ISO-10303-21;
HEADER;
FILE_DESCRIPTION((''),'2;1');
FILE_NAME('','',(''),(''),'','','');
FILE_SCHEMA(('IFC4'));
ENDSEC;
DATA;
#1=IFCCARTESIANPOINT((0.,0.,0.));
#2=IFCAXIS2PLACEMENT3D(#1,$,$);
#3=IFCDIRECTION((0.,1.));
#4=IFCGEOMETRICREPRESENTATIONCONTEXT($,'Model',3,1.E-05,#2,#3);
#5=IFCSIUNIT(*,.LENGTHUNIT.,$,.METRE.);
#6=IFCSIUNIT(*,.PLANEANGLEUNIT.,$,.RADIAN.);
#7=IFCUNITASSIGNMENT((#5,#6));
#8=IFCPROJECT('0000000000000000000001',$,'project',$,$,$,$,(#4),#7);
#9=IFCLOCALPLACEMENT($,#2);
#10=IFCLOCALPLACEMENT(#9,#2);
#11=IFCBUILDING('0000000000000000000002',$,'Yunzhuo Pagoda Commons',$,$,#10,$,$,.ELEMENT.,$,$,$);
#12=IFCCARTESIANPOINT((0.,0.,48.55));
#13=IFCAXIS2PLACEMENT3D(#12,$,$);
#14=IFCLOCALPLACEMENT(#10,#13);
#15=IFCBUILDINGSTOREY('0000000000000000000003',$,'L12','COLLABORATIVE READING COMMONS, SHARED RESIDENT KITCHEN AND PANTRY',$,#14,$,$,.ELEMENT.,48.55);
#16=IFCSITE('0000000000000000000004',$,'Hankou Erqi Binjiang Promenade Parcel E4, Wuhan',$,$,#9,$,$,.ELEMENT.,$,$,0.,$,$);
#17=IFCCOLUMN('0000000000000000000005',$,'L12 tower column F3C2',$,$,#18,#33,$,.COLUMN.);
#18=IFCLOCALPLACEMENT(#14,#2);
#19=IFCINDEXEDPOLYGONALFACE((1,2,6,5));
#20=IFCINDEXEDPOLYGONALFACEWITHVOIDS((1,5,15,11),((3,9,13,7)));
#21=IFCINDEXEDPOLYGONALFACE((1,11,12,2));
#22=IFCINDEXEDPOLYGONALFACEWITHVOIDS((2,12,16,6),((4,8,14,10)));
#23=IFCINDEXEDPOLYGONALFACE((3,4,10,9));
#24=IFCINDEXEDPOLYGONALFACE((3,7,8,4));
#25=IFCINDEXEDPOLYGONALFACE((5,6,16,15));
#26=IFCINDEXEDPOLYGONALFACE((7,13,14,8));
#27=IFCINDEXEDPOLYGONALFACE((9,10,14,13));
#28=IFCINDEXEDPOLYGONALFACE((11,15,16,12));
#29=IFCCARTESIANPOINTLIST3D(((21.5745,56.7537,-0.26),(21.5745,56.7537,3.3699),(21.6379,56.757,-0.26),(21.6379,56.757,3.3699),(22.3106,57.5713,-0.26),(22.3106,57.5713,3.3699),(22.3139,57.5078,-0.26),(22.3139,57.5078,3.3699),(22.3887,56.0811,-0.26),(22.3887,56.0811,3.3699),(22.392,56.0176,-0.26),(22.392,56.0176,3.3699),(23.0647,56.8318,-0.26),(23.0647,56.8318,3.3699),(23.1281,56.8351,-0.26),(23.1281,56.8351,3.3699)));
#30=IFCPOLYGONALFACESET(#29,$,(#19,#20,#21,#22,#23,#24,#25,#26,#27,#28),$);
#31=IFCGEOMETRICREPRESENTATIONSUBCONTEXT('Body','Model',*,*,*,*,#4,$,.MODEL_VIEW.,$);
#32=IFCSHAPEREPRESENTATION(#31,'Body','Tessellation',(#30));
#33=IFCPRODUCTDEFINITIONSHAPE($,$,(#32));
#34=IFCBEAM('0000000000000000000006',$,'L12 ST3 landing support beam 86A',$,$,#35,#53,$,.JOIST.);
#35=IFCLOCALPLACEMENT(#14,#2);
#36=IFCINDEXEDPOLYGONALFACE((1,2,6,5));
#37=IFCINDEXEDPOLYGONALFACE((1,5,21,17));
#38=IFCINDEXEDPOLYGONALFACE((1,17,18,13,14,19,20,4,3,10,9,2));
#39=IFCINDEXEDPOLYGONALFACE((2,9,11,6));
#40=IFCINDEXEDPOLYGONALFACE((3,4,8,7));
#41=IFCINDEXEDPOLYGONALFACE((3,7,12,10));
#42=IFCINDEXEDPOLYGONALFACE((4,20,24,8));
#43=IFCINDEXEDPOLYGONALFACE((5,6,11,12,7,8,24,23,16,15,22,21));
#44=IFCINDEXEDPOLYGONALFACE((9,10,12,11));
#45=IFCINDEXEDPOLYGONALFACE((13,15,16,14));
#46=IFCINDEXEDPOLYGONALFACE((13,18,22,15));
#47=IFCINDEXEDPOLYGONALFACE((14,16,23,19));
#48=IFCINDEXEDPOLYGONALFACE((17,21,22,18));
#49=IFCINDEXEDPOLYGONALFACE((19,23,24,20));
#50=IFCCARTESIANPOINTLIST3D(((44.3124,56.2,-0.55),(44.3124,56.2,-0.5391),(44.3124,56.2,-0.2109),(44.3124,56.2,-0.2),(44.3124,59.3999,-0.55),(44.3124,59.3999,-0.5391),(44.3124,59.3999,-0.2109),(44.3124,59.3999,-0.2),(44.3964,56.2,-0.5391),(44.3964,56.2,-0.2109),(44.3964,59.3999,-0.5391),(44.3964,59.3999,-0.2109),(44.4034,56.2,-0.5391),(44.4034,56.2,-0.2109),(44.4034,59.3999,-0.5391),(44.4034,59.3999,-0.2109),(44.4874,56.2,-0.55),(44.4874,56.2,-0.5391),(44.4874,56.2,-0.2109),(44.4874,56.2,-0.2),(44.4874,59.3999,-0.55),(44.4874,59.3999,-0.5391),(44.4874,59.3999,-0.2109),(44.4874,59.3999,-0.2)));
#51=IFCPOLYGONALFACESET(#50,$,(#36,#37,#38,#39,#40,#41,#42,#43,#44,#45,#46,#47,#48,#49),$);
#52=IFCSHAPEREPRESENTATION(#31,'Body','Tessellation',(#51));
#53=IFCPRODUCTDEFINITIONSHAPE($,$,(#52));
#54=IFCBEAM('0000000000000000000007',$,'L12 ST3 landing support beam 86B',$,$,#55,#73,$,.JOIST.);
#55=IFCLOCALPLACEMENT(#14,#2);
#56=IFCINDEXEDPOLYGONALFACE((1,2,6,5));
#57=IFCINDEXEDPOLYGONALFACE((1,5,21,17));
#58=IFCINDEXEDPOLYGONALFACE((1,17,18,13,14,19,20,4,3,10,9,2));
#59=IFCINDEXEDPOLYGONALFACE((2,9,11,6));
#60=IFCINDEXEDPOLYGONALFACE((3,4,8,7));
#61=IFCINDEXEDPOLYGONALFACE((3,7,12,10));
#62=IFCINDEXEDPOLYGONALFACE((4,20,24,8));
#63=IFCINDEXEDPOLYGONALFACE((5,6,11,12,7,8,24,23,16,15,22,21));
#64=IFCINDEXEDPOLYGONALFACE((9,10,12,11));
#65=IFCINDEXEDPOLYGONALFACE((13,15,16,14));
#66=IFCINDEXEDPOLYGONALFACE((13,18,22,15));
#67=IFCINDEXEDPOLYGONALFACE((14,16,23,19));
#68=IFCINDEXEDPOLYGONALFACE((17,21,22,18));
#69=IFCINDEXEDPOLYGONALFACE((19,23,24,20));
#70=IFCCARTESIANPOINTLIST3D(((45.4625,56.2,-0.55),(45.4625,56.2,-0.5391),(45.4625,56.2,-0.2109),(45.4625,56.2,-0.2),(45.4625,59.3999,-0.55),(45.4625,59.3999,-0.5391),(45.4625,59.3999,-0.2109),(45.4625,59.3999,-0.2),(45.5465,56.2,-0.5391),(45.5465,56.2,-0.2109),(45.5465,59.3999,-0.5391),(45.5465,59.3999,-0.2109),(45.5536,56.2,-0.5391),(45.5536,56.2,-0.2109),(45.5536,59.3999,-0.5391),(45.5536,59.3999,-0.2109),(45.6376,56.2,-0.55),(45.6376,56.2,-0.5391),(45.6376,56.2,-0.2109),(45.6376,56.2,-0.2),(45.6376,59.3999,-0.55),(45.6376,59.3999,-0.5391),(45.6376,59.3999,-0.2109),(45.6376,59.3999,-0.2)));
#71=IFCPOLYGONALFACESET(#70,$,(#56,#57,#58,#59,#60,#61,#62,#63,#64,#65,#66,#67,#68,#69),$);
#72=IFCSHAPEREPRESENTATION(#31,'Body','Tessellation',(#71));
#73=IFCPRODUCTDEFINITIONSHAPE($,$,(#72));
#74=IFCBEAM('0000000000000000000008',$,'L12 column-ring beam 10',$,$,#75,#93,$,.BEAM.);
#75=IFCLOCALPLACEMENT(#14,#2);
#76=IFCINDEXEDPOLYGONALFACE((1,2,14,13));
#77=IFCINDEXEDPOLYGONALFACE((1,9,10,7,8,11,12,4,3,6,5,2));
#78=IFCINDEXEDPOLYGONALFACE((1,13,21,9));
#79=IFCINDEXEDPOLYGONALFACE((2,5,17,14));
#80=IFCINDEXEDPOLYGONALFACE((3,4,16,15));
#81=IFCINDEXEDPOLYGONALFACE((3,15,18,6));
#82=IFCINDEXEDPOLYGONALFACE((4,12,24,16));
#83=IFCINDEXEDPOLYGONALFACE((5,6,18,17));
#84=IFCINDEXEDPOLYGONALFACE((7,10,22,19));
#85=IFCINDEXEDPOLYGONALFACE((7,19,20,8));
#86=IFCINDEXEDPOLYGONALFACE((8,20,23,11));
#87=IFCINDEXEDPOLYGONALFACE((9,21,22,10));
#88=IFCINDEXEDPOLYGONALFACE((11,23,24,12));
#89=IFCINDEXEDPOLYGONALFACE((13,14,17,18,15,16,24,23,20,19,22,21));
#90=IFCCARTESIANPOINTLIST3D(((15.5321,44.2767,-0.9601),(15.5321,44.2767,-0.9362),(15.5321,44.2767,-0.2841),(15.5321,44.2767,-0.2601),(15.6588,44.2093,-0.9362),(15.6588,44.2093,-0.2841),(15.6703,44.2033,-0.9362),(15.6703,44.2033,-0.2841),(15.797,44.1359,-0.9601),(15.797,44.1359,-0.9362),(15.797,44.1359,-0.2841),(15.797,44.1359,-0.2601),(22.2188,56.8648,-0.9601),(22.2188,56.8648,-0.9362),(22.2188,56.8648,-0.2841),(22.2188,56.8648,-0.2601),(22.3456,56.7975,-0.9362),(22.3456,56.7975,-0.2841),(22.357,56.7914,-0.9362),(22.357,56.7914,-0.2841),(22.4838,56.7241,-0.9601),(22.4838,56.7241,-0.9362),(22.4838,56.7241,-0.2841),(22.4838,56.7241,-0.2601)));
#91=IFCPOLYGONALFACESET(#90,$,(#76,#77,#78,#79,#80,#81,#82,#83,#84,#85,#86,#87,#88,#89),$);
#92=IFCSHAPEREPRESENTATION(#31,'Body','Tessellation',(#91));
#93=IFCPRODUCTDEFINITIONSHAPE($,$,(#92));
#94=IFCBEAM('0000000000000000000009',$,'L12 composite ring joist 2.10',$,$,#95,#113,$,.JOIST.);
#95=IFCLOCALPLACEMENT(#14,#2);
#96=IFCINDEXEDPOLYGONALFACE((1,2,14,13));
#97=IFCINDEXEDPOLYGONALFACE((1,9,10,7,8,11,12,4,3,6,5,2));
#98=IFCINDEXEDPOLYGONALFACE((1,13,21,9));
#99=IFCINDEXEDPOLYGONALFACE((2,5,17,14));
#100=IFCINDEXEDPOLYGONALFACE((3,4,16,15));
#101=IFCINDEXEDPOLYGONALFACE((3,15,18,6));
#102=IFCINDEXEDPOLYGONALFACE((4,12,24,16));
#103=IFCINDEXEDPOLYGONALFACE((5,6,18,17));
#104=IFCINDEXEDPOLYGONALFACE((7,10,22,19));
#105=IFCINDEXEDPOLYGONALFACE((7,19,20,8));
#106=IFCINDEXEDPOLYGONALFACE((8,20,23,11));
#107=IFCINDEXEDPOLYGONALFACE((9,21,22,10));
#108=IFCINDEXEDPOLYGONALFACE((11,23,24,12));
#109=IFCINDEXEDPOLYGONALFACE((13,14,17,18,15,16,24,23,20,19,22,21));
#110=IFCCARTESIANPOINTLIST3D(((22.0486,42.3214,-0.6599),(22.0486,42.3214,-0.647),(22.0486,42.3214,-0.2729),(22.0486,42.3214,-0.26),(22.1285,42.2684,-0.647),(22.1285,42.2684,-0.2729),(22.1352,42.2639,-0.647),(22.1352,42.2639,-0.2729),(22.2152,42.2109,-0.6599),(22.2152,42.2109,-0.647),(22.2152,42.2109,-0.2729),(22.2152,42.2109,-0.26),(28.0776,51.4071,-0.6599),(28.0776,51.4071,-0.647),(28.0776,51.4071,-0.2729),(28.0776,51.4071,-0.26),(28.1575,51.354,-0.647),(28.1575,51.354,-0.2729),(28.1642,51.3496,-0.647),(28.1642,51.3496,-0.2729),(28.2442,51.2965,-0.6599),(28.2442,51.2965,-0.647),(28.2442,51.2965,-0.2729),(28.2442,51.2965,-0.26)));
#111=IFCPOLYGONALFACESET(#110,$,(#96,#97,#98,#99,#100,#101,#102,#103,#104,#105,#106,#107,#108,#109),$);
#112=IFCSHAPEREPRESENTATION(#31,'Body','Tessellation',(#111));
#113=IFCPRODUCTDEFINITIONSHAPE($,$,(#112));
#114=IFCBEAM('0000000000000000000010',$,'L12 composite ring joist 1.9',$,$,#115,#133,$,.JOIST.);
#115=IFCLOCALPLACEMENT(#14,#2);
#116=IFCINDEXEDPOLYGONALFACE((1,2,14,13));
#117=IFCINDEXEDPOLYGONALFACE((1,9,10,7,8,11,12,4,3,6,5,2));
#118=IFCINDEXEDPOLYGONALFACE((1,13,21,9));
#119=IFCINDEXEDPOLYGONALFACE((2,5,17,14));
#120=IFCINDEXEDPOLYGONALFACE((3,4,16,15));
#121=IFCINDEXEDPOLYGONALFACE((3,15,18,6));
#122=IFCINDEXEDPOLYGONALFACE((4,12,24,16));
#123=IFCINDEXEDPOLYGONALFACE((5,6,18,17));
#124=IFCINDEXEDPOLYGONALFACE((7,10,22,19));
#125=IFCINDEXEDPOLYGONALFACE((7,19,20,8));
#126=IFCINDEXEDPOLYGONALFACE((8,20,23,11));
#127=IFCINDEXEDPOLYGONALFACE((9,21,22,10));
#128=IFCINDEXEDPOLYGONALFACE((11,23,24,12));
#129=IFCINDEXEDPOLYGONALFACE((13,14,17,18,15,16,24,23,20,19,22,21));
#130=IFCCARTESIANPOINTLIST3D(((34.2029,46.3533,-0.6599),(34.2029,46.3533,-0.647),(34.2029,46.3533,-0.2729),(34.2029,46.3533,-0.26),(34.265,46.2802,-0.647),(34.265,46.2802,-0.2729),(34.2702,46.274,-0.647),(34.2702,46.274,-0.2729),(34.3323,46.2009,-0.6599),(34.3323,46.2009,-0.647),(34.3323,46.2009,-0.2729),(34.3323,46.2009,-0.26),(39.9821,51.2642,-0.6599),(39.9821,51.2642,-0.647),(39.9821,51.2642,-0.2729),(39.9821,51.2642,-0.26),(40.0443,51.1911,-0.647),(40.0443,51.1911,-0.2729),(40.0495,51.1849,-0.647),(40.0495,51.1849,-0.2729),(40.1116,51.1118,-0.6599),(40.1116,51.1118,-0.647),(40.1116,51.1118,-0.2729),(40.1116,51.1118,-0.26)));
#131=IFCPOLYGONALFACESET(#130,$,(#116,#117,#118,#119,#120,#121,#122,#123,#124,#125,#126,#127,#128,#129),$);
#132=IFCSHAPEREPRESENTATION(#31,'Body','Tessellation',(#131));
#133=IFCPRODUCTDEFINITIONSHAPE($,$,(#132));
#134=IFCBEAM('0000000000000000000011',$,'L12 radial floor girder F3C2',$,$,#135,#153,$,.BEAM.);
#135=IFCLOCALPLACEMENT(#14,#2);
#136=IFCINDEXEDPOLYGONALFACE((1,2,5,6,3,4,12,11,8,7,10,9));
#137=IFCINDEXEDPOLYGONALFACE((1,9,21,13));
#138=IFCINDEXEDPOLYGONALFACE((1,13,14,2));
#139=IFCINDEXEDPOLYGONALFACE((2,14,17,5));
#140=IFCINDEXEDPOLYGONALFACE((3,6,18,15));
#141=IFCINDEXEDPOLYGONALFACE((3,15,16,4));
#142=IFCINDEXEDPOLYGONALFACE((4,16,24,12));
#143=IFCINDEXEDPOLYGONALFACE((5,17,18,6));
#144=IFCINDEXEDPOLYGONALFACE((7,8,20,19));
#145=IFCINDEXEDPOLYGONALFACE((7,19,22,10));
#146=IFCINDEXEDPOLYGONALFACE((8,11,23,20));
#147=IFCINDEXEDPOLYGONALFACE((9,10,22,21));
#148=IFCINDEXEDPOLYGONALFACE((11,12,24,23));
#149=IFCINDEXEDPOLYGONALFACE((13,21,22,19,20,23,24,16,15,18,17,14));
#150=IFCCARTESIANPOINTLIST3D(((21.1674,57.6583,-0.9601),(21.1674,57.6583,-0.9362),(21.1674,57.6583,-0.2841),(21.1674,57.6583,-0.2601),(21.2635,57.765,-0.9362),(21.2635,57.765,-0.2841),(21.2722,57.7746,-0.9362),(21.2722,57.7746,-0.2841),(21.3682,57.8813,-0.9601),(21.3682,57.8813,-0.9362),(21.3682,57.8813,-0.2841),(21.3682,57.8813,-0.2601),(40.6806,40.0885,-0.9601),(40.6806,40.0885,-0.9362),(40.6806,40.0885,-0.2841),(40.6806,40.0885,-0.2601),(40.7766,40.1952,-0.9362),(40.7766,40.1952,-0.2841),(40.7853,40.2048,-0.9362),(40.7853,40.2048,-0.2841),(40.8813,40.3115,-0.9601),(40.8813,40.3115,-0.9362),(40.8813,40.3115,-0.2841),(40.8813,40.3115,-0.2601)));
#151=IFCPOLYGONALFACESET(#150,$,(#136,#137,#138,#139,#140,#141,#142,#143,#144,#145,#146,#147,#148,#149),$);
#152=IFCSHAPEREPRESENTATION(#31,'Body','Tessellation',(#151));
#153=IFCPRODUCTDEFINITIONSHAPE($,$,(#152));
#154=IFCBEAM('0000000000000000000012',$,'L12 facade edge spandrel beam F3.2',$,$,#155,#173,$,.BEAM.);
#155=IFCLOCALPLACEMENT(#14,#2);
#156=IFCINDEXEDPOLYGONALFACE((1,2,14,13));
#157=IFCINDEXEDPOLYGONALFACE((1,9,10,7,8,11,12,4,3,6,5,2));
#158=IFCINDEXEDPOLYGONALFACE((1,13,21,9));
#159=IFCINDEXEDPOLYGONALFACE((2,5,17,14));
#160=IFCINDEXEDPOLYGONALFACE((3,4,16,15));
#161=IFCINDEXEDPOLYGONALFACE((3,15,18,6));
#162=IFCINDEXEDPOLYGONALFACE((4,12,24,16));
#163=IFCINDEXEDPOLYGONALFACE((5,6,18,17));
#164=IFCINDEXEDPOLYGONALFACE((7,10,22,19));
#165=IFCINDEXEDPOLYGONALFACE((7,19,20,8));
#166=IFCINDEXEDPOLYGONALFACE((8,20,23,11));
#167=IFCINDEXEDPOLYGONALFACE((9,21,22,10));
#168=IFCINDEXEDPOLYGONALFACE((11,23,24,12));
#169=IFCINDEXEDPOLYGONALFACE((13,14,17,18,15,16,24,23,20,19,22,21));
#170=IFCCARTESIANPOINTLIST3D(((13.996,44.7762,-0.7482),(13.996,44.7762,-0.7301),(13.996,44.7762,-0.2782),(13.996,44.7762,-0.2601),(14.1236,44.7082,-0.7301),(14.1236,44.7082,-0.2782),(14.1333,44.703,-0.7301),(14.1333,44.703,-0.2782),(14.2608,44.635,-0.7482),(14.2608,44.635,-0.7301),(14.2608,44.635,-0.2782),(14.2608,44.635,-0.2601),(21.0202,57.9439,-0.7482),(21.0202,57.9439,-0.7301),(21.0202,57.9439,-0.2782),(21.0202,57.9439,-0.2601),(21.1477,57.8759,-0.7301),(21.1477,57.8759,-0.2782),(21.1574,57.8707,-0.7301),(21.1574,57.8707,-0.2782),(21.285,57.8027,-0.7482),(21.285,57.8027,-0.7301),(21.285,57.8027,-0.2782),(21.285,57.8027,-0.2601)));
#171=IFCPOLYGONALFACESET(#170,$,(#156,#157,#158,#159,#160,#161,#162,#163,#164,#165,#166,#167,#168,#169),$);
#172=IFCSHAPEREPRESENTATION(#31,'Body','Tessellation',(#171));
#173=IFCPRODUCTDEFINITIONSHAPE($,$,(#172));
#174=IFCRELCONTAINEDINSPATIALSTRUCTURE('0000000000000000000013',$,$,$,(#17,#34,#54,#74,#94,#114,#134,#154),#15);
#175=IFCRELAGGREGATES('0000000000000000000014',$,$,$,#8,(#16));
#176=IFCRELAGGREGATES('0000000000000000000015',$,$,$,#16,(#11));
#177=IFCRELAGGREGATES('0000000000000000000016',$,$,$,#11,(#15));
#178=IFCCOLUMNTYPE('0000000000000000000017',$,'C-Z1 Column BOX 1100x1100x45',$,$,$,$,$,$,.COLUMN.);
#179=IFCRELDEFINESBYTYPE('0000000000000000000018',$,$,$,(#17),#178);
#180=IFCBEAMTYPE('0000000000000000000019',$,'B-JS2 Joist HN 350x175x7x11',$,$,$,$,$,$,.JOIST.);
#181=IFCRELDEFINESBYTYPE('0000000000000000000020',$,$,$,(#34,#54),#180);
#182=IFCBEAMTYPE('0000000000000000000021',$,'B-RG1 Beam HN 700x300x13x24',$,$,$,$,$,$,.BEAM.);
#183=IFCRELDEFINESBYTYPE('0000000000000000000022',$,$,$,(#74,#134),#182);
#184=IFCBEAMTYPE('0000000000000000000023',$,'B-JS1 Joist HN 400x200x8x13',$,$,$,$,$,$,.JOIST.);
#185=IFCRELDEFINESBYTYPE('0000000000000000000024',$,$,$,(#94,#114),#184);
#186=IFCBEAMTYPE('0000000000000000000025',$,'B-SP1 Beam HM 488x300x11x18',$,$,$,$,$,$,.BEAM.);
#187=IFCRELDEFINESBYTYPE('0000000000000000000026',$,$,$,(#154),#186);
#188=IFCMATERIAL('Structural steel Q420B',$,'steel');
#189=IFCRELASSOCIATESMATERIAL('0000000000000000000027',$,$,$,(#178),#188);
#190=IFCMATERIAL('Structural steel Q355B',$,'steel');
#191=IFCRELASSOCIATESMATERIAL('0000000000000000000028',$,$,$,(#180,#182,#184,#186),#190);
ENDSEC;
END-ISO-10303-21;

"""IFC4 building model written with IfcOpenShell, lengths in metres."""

from ifc_helpers import new_model, si_unit, direction, frame, origin, origin_2d, place, context, subcontext, project, spatial, hollow_rectangle, i_section, extrude, source, transform, mapped, material, material_profile, profile_set, type_object, element, save


model = new_model("IFC4")

# Units and contexts
model_context = context("Model", 3, precision=1e-05, world=origin(), true_north=direction((0.0, 1.0)))
body_context = subcontext(model_context, "Body", "Model", "MODEL_VIEW")
ifc_project = project(units=[si_unit("LENGTHUNIT", "METRE"), si_unit("PLANEANGLEUNIT", "RADIAN")], contexts=[model_context])

# Site, building, storey
site_placement = place(None, origin())
site = spatial("IfcSite", under=ifc_project, at=site_placement, Name="Hankou Erqi Binjiang Promenade Parcel E4, Wuhan", CompositionType="ELEMENT", RefElevation=0.0)
building_placement = place(site_placement, origin())
building = spatial("IfcBuilding", under=site, at=building_placement, Name="Yunzhuo Pagoda Commons", CompositionType="ELEMENT")
storey_placement = place(building_placement, frame((0.0, 0.0, 48.55)))
storey = spatial("IfcBuildingStorey", under=building, at=storey_placement, Name="L12", Description="COLLABORATIVE READING COMMONS, SHARED RESIDENT KITCHEN AND PANTRY", CompositionType="ELEMENT", Elevation=48.55)

# Column
ifc_material_1 = material(Name="Structural steel Q420B", Category="steel")
ifc_material_profile_1 = material_profile(ifc_material_1, hollow_rectangle(XDim=1.1001, YDim=1.1001, WallThickness=0.0449, at=origin_2d()), Name="Structural steel Q420B")
ifc_profile_set_1 = profile_set([ifc_material_profile_1], Name="Structural steel Q420B")
column_type = type_object("IfcColumnType", Name="C-Z1 Column BOX 1100x1100x45", PredefinedType="COLUMN", material=ifc_profile_set_1)
shared_shape_1 = source(origin(), body_context, "Body", "SweptSolid", [
    extrude(hollow_rectangle(XDim=1.1001, YDim=1.1001, WallThickness=0.0449, at=origin_2d()), origin(), (0.0, 0.0, 1.0), 3.6299),
])
column_placement = place(storey_placement, frame((22.3513, 56.7944, -0.26), z_axis=(0.0, 0.0, 1.0), x_axis=(-0.669131, -0.743145, 0.0)))
element("IfcColumn", 1, at=column_placement, inside=storey, type_object=column_type, Name="L12 tower column F3C2", PredefinedType="COLUMN", context=body_context, shape_type="MappedRepresentation", body=[
    mapped(shared_shape_1, transform((0.0, 0.0, 0.0), scale=1.0)),
])

# Beams
ifc_material_2 = material(Name="Structural steel Q355B", Category="steel")
ifc_material_profile_2 = material_profile(ifc_material_2, i_section(OverallWidth=0.175, OverallDepth=0.3501, WebThickness=0.0071, FlangeThickness=0.011, at=origin_2d()), Name="Structural steel Q355B")
ifc_profile_set_2 = profile_set([ifc_material_profile_2], Name="Structural steel Q355B")
beam_type_1 = type_object("IfcBeamType", Name="B-JS2 Joist HN 350x175x7x11", PredefinedType="JOIST", material=ifc_profile_set_2)
shared_shape_2 = source(origin(), body_context, "Body", "SweptSolid", [
    extrude(i_section(OverallWidth=0.175, OverallDepth=0.3501, WebThickness=0.0071, FlangeThickness=0.011, at=origin_2d()), origin(), (0.0, 0.0, 1.0), 3.2),
])
for number, where, z_axis, x_axis, name in (
    (2, (44.3999, 56.2, -0.375), (0.0, 1.0, 0.0), (-1.0, 0.0, 0.0), "L12 ST3 landing support beam 86A"),
    (3, (45.55, 56.2, -0.375), (0.0, 1.0, 0.0), (-1.0, 0.0, 0.0), "L12 ST3 landing support beam 86B"),
):
    element("IfcBeam", number, at=place(storey_placement, frame(where, z_axis=z_axis, x_axis=x_axis)), inside=storey, type_object=beam_type_1, Name=name, PredefinedType="JOIST", context=body_context, shape_type="MappedRepresentation", body=[
        mapped(shared_shape_2, transform((0.0, 0.0, 0.0), scale=1.0)),
    ])
ifc_material_profile_3 = material_profile(ifc_material_2, i_section(OverallWidth=0.3, OverallDepth=0.7, WebThickness=0.0129, FlangeThickness=0.0239, at=origin_2d()), Name="Structural steel Q355B")
ifc_profile_set_3 = profile_set([ifc_material_profile_3], Name="Structural steel Q355B")
beam_type_2 = type_object("IfcBeamType", Name="B-RG1 Beam HN 700x300x13x24", PredefinedType="BEAM", material=ifc_profile_set_3)
shared_shape_3 = source(origin(), body_context, "Body", "SweptSolid", [
    extrude(i_section(OverallWidth=0.3, OverallDepth=0.7, WebThickness=0.0129, FlangeThickness=0.0239, at=origin_2d()), origin(), (0.0, 0.0, 1.0), 14.2539),
])
beam_1_placement = place(storey_placement, frame((22.3513, 56.7944, -0.6101), z_axis=(-0.469118, -0.883135, 0.0), x_axis=(0.883135, -0.469118, 0.0)))
element("IfcBeam", 4, at=beam_1_placement, inside=storey, type_object=beam_type_2, Name="L12 column-ring beam 10", PredefinedType="BEAM", context=body_context, shape_type="MappedRepresentation", body=[
    mapped(shared_shape_3, transform((0.0, 0.0, 0.0), scale=1.0)),
])
ifc_material_profile_4 = material_profile(ifc_material_2, i_section(OverallWidth=0.2, OverallDepth=0.3999, WebThickness=0.0081, FlangeThickness=0.0129, at=origin_2d()), Name="Structural steel Q355B")
ifc_profile_set_4 = profile_set([ifc_material_profile_4], Name="Structural steel Q355B")
beam_type_3 = type_object("IfcBeamType", Name="B-JS1 Joist HN 400x200x8x13", PredefinedType="JOIST", material=ifc_profile_set_4)
shared_shape_4 = source(origin(), body_context, "Body", "SweptSolid", [
    extrude(i_section(OverallWidth=0.2, OverallDepth=0.3999, WebThickness=0.0081, FlangeThickness=0.0129, at=origin_2d()), origin(), (0.0, 0.0, 1.0), 10.9041),
])
beam_2_placement = place(storey_placement, frame((28.1609, 51.3518, -0.46), z_axis=(-0.552916, -0.833237, 0.0), x_axis=(0.833237, -0.552916, 0.0)))
element("IfcBeam", 5, at=beam_2_placement, inside=storey, type_object=beam_type_3, Name="L12 composite ring joist 2.10", PredefinedType="JOIST", context=body_context, shape_type="MappedRepresentation", body=[
    mapped(shared_shape_4, transform((0.0, 0.0, 0.0), scale=1.0)),
])
shared_shape_5 = source(origin(), body_context, "Body", "SweptSolid", [
    extrude(i_section(OverallWidth=0.2, OverallDepth=0.3999, WebThickness=0.0081, FlangeThickness=0.0129, at=origin_2d()), origin(), (0.0, 0.0, 1.0), 7.584),
])
beam_3_placement = place(storey_placement, frame((40.0469, 51.188, -0.46), z_axis=(-0.762038, -0.647533, 0.0), x_axis=(0.647533, -0.762038, 0.0)))
element("IfcBeam", 6, at=beam_3_placement, inside=storey, type_object=beam_type_3, Name="L12 composite ring joist 1.9", PredefinedType="JOIST", context=body_context, shape_type="MappedRepresentation", body=[
    mapped(shared_shape_5, transform((0.0, 0.0, 0.0), scale=1.0)),
])
shared_shape_6 = source(origin(), body_context, "Body", "SweptSolid", [
    extrude(i_section(OverallWidth=0.3, OverallDepth=0.7, WebThickness=0.0129, FlangeThickness=0.0239, at=origin_2d()), origin(), (0.0, 0.0, 1.0), 26.2576),
])
beam_4_placement = place(storey_placement, frame((21.2678, 57.7698, -0.6101), z_axis=(0.743143, -0.669132, 0.0), x_axis=(0.669132, 0.743143, 0.0)))
element("IfcBeam", 7, at=beam_4_placement, inside=storey, type_object=beam_type_2, Name="L12 radial floor girder F3C2", PredefinedType="BEAM", context=body_context, shape_type="MappedRepresentation", body=[
    mapped(shared_shape_6, transform((0.0, 0.0, 0.0), scale=1.0)),
])
ifc_material_profile_5 = material_profile(ifc_material_2, i_section(OverallWidth=0.3, OverallDepth=0.488, WebThickness=0.011, FlangeThickness=0.0181, at=origin_2d()), Name="Structural steel Q355B")
ifc_profile_set_5 = profile_set([ifc_material_profile_5], Name="Structural steel Q355B")
beam_type_4 = type_object("IfcBeamType", Name="B-SP1 Beam HM 488x300x11x18", PredefinedType="BEAM", material=ifc_profile_set_5)
shared_shape_7 = source(origin(), body_context, "Body", "SweptSolid", [
    extrude(i_section(OverallWidth=0.3, OverallDepth=0.488, WebThickness=0.011, FlangeThickness=0.0181, at=origin_2d()), origin(), (0.0, 0.0, 1.0), 14.9241),
])
beam_5_placement = place(storey_placement, frame((21.1526, 57.8733, -0.5042), z_axis=(-0.47066, -0.882314, 0.0), x_axis=(0.882314, -0.47066, 0.0)))
element("IfcBeam", 8, at=beam_5_placement, inside=storey, type_object=beam_type_4, Name="L12 facade edge spandrel beam F3.2", PredefinedType="BEAM", context=body_context, shape_type="MappedRepresentation", body=[
    mapped(shared_shape_7, transform((0.0, 0.0, 0.0), scale=1.0)),
])

save(model, "model.ifc")
